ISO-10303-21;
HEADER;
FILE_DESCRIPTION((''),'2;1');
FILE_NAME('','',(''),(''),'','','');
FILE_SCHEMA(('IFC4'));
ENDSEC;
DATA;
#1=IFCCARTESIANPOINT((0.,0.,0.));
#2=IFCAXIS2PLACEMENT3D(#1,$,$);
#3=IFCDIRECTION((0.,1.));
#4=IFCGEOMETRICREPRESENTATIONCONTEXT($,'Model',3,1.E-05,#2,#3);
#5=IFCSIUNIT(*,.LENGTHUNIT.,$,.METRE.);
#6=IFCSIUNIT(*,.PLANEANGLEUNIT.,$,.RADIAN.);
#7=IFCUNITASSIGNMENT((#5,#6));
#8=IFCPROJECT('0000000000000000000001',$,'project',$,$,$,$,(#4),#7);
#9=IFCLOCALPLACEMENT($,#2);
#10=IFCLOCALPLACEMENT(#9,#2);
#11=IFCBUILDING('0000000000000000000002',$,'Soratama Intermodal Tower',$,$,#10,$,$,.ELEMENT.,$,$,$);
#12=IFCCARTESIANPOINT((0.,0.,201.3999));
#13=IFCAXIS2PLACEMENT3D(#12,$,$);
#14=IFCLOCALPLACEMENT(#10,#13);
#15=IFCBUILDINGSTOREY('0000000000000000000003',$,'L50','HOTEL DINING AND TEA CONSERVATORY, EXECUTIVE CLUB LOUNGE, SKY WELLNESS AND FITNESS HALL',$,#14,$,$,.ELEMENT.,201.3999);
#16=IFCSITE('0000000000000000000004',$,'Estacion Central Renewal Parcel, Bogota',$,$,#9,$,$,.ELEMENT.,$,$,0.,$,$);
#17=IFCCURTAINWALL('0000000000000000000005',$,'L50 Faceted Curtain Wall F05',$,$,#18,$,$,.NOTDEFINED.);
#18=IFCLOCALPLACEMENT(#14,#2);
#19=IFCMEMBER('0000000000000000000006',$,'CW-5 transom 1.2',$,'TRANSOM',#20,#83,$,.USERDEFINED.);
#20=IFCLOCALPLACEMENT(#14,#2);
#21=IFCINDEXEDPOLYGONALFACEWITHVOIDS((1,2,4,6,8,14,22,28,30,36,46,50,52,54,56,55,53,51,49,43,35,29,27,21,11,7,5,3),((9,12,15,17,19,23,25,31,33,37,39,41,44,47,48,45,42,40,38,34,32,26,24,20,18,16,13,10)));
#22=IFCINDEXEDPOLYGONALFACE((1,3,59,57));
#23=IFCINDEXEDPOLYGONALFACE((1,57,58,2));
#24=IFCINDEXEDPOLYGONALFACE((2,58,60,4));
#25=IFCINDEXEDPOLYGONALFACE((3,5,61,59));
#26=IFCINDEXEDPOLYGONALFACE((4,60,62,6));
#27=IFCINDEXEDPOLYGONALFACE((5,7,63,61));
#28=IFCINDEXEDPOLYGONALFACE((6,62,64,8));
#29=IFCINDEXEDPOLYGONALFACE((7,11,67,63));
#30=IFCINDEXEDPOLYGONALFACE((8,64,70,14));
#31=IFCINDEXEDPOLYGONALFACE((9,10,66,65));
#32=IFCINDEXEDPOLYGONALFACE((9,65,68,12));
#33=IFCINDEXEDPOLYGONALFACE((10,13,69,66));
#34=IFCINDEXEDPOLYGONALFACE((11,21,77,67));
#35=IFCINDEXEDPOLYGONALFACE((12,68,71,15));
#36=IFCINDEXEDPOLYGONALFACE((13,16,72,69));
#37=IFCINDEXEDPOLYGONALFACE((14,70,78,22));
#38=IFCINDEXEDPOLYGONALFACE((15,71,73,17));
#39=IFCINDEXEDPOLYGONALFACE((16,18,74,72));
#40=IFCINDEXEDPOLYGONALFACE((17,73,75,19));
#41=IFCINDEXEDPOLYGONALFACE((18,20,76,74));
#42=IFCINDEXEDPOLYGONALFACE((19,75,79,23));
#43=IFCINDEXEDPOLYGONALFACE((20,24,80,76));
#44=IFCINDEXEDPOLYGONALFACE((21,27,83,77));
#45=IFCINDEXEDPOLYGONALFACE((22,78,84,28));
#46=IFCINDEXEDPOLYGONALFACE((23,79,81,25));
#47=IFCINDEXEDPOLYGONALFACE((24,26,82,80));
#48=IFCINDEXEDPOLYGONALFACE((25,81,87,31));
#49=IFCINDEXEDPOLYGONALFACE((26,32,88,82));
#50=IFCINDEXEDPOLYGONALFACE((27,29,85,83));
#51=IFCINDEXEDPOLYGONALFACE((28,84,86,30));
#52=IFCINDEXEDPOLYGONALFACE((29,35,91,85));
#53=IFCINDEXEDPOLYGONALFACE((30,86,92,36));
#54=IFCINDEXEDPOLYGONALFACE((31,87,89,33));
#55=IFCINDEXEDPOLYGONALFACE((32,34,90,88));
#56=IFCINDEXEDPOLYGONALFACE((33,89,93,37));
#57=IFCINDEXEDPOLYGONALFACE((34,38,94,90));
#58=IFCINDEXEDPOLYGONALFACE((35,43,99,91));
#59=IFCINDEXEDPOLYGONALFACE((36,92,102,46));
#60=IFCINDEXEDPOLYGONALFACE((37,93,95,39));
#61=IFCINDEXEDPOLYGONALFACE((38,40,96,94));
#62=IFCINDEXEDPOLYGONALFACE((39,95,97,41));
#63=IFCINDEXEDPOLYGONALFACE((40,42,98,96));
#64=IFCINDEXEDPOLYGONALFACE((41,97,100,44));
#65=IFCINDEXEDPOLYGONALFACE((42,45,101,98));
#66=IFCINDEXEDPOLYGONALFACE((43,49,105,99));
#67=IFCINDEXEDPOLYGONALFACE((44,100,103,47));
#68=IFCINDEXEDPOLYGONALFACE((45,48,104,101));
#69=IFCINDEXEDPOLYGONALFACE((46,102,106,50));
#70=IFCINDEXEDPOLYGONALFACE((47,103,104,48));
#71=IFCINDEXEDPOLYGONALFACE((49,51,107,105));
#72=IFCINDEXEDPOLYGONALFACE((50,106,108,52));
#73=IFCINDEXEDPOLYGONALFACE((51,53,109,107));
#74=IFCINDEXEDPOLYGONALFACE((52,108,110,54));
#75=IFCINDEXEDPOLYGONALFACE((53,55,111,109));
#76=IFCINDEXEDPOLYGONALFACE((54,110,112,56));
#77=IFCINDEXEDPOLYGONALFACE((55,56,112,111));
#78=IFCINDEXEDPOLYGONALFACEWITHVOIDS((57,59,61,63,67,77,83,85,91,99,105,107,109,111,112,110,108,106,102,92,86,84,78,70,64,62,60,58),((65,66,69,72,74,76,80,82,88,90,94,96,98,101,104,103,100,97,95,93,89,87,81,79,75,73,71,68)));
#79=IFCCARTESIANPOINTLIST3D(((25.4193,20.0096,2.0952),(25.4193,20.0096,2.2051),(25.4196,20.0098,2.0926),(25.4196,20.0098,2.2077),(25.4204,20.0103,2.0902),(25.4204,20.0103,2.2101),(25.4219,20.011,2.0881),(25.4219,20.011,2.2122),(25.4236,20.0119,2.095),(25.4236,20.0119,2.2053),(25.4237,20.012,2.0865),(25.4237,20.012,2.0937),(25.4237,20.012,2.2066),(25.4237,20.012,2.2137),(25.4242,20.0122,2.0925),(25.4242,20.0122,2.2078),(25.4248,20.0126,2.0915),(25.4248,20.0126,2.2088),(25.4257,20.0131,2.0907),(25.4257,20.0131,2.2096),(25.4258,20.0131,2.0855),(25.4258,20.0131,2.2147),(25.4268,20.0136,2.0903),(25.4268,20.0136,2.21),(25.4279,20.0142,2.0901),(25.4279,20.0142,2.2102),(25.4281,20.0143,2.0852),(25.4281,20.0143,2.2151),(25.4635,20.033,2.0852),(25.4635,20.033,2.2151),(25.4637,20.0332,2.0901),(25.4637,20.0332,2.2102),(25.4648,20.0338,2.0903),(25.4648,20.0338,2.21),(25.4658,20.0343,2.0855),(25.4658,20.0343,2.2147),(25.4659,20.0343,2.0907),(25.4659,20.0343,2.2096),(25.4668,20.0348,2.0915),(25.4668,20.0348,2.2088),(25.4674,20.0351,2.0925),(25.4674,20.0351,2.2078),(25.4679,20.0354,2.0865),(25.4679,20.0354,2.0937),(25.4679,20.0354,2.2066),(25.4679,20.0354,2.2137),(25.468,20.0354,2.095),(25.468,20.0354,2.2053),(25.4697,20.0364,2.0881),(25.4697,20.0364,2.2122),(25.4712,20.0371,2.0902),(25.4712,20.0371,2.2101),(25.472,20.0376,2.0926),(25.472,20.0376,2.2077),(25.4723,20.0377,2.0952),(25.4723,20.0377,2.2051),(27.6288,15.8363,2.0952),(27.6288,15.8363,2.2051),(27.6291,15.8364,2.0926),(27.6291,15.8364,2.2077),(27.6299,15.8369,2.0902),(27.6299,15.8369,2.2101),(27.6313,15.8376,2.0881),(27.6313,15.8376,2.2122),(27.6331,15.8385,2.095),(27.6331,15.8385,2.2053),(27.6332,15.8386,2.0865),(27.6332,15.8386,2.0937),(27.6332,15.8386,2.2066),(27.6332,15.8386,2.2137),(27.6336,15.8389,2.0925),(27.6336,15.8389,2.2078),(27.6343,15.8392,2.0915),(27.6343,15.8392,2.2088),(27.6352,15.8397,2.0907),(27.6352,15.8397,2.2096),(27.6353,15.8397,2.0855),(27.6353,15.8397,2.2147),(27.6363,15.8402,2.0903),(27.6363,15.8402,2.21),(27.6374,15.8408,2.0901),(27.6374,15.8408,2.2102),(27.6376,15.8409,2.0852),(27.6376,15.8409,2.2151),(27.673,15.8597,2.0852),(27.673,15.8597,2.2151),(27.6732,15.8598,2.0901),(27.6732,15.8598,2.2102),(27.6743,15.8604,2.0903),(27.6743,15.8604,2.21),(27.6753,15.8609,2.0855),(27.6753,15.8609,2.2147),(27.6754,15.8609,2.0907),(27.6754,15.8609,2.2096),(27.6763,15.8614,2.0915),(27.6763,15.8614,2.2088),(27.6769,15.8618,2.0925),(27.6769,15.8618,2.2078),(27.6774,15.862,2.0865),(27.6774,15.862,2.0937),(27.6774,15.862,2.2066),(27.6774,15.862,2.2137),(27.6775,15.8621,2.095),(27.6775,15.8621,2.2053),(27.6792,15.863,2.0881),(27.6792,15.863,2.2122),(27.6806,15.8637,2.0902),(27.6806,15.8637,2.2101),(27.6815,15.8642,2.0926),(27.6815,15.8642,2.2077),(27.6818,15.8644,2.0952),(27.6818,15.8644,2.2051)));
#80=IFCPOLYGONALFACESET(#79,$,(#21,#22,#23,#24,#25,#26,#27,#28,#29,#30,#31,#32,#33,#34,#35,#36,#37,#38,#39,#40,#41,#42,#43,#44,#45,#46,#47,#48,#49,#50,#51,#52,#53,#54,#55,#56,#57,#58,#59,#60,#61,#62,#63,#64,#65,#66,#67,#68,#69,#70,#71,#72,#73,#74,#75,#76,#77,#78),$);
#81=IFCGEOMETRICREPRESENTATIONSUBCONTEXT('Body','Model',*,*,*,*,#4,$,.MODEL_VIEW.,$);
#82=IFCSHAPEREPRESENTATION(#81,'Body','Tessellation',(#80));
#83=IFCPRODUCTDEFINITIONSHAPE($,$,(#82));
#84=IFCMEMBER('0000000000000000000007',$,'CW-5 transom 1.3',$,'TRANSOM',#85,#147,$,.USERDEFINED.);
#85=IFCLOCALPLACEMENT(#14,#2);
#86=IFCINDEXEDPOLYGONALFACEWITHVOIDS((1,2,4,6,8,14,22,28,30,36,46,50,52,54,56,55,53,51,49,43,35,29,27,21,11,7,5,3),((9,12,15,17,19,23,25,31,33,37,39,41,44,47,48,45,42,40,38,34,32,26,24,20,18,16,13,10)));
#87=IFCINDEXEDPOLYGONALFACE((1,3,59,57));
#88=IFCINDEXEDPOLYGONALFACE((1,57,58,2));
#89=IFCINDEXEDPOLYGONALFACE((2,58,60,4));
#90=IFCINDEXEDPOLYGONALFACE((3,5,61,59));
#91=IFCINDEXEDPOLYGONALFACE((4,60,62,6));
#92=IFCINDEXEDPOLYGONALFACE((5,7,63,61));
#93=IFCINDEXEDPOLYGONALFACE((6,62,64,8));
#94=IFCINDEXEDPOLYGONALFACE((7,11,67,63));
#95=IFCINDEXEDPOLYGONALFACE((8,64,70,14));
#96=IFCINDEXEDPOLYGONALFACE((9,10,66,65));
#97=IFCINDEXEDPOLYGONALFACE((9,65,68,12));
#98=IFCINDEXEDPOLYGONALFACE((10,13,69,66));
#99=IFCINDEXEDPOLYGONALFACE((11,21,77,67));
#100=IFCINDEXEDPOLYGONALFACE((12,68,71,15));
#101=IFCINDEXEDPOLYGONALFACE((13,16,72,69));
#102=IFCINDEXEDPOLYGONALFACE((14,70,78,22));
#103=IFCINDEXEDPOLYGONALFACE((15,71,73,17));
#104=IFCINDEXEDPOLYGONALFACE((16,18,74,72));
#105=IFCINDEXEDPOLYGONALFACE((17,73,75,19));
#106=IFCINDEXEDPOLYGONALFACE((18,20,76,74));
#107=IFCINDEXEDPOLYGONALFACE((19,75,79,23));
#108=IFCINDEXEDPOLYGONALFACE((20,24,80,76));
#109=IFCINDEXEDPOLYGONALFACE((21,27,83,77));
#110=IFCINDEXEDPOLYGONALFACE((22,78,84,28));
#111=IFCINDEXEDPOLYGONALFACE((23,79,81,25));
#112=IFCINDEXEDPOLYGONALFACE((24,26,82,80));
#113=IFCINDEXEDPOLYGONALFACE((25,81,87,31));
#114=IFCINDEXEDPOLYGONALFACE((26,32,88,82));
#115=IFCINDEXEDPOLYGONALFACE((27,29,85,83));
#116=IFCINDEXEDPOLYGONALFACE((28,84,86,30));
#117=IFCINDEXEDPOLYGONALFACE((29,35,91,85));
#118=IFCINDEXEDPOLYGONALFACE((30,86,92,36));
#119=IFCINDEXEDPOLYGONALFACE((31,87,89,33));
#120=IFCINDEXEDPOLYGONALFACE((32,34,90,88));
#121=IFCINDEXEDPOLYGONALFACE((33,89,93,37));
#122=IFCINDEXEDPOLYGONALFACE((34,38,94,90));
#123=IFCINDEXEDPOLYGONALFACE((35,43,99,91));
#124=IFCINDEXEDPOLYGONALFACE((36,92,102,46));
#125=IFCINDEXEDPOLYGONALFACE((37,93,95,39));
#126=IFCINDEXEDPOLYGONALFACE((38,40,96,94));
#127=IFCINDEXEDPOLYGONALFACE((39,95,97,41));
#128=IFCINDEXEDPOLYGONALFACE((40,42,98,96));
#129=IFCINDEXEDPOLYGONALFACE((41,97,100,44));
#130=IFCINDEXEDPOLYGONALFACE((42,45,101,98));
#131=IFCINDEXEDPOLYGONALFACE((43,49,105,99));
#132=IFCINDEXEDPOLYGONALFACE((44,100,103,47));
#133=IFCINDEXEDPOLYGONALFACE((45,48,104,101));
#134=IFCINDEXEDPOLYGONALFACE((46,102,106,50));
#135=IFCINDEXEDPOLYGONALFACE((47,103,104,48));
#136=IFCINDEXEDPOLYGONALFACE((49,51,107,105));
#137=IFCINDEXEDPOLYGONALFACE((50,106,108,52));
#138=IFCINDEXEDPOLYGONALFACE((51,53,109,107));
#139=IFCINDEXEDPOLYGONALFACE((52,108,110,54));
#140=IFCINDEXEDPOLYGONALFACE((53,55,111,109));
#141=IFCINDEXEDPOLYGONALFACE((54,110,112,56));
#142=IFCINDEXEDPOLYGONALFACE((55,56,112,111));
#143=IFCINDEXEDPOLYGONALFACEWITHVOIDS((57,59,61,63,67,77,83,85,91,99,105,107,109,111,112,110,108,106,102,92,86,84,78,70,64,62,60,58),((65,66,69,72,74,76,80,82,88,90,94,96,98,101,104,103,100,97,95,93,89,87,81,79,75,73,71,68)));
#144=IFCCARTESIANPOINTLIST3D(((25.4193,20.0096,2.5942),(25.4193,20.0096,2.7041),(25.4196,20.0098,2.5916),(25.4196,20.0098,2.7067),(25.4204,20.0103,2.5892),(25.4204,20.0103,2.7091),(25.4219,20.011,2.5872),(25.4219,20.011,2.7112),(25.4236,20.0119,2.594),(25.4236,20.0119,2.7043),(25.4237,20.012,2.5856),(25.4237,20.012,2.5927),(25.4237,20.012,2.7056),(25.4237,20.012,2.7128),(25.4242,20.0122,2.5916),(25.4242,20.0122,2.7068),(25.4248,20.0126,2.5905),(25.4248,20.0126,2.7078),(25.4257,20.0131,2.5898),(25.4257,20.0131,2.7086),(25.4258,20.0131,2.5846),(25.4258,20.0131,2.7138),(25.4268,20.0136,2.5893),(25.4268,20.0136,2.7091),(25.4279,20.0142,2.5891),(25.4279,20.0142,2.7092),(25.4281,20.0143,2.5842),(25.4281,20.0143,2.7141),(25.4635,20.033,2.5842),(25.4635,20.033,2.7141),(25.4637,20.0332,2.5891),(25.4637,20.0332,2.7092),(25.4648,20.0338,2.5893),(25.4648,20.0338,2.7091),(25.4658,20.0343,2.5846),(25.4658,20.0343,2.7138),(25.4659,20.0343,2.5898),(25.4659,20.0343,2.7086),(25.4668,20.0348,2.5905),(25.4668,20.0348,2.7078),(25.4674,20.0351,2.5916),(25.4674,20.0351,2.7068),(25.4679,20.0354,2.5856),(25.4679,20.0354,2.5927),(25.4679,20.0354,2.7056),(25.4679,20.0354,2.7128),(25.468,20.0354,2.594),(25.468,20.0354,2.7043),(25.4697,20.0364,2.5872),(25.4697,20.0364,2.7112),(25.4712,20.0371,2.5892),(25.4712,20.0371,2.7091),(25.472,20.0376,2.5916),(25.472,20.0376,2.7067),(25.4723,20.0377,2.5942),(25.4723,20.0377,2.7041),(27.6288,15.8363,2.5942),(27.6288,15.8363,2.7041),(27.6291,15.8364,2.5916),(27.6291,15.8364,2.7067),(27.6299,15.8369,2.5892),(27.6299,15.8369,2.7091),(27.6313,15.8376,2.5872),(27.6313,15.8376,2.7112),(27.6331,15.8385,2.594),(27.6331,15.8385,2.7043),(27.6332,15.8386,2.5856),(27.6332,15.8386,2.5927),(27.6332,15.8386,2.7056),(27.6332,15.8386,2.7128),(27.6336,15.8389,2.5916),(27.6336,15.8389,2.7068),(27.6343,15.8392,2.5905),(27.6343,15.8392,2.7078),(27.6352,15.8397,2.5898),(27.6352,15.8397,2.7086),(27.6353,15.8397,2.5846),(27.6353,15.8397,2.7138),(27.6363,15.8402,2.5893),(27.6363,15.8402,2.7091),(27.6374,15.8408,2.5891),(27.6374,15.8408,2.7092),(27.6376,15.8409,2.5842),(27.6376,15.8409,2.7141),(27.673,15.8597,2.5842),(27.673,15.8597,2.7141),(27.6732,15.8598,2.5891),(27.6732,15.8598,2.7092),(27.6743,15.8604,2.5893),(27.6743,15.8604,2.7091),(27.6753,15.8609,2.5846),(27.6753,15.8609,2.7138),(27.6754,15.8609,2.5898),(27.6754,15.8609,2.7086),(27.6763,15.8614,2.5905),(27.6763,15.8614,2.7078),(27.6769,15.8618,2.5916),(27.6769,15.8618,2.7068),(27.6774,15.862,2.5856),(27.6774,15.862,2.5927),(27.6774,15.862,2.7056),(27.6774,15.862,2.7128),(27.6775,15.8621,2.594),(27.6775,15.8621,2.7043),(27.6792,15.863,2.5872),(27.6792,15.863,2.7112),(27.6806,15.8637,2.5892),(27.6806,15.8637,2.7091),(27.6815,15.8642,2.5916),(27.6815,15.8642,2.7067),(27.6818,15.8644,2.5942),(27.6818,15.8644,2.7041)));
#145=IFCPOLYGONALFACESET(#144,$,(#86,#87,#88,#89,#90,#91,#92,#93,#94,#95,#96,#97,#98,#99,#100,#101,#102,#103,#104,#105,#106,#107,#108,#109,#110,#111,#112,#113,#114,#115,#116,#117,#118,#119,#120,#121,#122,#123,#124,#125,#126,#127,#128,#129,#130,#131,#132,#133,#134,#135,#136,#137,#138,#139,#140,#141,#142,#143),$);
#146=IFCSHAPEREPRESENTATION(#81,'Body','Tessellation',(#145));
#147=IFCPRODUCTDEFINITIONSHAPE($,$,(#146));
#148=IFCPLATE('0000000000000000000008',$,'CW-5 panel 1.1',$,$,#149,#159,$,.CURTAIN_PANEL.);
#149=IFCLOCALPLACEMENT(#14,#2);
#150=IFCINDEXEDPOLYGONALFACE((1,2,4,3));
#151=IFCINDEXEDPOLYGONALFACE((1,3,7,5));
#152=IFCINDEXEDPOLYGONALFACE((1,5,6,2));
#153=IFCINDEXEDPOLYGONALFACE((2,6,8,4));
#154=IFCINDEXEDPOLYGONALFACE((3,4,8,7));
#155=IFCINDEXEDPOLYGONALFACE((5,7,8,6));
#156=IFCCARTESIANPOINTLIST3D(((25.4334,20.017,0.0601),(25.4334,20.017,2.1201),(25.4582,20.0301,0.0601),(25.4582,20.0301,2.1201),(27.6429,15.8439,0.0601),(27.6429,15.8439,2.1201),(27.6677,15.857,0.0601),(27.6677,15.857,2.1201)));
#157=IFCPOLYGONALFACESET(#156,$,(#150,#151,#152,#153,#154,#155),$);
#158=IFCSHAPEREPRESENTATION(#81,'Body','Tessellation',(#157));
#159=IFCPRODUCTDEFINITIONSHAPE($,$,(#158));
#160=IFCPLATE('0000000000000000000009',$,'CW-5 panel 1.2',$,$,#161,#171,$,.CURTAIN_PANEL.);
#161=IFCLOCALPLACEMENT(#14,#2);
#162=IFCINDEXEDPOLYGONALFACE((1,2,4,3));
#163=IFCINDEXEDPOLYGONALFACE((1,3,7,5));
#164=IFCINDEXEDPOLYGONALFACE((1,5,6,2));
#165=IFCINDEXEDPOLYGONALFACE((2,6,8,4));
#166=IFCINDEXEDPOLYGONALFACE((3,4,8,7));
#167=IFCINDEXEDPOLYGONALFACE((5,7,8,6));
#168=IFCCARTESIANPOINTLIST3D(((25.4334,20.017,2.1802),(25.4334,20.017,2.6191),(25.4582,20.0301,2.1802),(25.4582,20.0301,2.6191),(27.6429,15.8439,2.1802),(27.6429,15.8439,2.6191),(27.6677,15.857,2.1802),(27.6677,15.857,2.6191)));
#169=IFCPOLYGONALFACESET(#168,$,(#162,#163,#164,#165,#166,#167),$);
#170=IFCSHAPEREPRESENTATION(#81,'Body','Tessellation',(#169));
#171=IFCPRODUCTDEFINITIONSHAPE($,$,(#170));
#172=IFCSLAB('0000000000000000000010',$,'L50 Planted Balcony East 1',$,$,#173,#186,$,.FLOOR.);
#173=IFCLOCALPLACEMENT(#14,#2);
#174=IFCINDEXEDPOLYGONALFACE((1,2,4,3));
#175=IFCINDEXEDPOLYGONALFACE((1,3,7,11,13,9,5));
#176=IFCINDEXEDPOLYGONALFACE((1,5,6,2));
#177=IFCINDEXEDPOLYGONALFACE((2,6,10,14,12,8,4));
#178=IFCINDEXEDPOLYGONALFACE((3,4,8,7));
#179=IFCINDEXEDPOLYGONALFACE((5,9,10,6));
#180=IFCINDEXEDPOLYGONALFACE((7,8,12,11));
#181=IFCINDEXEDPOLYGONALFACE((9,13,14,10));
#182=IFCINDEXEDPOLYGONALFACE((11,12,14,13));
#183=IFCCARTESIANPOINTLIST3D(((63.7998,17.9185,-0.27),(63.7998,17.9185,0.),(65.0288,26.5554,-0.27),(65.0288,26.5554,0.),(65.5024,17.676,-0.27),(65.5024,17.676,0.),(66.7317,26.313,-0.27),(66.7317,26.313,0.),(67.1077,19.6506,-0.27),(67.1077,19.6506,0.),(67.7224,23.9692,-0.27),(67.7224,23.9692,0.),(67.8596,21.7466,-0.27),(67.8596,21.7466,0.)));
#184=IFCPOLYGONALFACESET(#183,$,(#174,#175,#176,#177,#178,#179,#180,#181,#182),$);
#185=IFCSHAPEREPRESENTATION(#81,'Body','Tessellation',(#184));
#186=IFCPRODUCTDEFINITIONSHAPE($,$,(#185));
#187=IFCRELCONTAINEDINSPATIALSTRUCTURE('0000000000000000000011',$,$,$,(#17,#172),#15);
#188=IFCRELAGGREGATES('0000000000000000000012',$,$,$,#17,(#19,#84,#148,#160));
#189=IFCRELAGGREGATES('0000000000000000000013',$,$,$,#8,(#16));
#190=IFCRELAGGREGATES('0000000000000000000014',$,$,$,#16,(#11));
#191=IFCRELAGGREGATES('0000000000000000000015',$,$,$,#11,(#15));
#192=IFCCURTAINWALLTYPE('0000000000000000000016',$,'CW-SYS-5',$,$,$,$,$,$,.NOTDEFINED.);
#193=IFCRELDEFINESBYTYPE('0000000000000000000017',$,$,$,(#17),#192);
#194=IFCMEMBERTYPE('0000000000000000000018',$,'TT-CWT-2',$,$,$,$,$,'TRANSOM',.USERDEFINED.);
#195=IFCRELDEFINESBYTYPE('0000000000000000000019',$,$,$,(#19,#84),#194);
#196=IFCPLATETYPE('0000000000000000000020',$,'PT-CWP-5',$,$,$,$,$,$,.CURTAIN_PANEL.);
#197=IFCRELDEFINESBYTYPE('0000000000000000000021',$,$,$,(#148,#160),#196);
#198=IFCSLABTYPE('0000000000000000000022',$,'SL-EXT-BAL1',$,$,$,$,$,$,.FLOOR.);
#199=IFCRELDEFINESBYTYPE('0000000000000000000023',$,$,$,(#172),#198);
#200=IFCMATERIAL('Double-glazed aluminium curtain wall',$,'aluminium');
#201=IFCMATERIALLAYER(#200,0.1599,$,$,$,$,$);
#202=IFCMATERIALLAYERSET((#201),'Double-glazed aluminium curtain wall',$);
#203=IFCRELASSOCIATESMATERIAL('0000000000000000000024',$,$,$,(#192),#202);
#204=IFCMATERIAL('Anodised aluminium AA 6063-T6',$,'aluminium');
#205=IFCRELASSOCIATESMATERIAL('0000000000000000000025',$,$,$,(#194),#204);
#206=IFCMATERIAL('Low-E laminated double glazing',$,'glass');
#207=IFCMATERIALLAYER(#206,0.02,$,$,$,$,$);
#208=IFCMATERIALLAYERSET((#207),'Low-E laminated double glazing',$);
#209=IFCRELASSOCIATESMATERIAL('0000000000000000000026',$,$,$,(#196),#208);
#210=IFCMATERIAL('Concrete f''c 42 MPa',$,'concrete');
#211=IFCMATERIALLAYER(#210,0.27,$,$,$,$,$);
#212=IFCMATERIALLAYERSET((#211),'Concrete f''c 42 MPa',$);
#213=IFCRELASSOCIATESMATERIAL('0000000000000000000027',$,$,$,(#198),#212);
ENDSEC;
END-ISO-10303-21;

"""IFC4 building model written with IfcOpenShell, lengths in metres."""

from ifc_helpers import new_model, si_unit, direction, frame, origin, origin_2d, place, context, subcontext, project, spatial, polyline, rectangle, hollow_rectangle, outline, extrude, material, layer, layer_set, material_profile, profile_set, type_object, element, aggregate, save


model = new_model("IFC4")

# Units and contexts
model_context = context("Model", 3, precision=1e-05, world=origin(), true_north=direction((0.0, 1.0)))
body_context = subcontext(model_context, "Body", "Model", "MODEL_VIEW")
ifc_project = project(units=[si_unit("LENGTHUNIT", "METRE"), si_unit("PLANEANGLEUNIT", "RADIAN")], contexts=[model_context])

# Site, building, storey
site_placement = place(None, origin())
site = spatial("IfcSite", under=ifc_project, at=site_placement, Name="Estacion Central Renewal Parcel, Bogota", CompositionType="ELEMENT", RefElevation=0.0)
building_placement = place(site_placement, origin())
building = spatial("IfcBuilding", under=site, at=building_placement, Name="Soratama Intermodal Tower", CompositionType="ELEMENT")
storey_placement = place(building_placement, frame((0.0, 0.0, 201.3999)))
storey = spatial("IfcBuildingStorey", under=building, at=storey_placement, Name="L50", Description="HOTEL DINING AND TEA CONSERVATORY, EXECUTIVE CLUB LOUNGE, SKY WELLNESS AND FITNESS HALL", CompositionType="ELEMENT", Elevation=201.3999)

# Curtain wall, members, plates
ifc_material_1 = material(Name="Double-glazed aluminium curtain wall", Category="aluminium")
ifc_layer_1 = layer(ifc_material_1, 0.1599)
ifc_layer_set_1 = layer_set([ifc_layer_1], Name="Double-glazed aluminium curtain wall")
curtain_wall_type = type_object("IfcCurtainWallType", Name="CW-SYS-5", PredefinedType="NOTDEFINED", material=ifc_layer_set_1)
curtain_wall_placement = place(storey_placement, origin())
curtain_wall = element("IfcCurtainWall", 1, at=curtain_wall_placement, inside=storey, type_object=curtain_wall_type, Name="L50 Faceted Curtain Wall F05", PredefinedType="NOTDEFINED")
ifc_material_2 = material(Name="Anodised aluminium AA 6063-T6", Category="aluminium")
ifc_material_profile_1 = material_profile(ifc_material_2, hollow_rectangle(XDim=0.0601, YDim=0.1299, WallThickness=0.0049, InnerFilletRadius=0.0049, OuterFilletRadius=0.01, at=origin_2d()), Name="CWT130X60X5")
ifc_profile_set_1 = profile_set([ifc_material_profile_1], Name="Anodised aluminium AA 6063-T6")
member_type_1 = type_object("IfcMemberType", Name="TT-CWT-2", ElementType="TRANSOM", PredefinedType="USERDEFINED", material=ifc_profile_set_1)
member_1_placement = place(storey_placement, frame((25.4458, 20.0237, 2.1501), z_axis=(0.467897, -0.883783, 0.0), x_axis=(0.883783, 0.467897, 0.0)))
member_1 = element("IfcMember", 2, at=member_1_placement, type_object=member_type_1, Name="CW-5 transom 1.2", ObjectType="TRANSOM", PredefinedType="USERDEFINED", context=body_context, shape_type="SweptSolid", body=[
    extrude(hollow_rectangle(XDim=0.0601, YDim=0.1299, WallThickness=0.0049, InnerFilletRadius=0.0049, OuterFilletRadius=0.01, at=origin_2d()), origin(), (0.0, 0.0, 1.0), 4.7222),
])
member_2_placement = place(storey_placement, frame((25.4458, 20.0237, 2.6492), z_axis=(0.467897, -0.883783, 0.0), x_axis=(0.883783, 0.467897, 0.0)))
member_2 = element("IfcMember", 3, at=member_2_placement, type_object=member_type_1, Name="CW-5 transom 1.3", ObjectType="TRANSOM", PredefinedType="USERDEFINED", context=body_context, shape_type="SweptSolid", body=[
    extrude(hollow_rectangle(XDim=0.0601, YDim=0.1299, WallThickness=0.0049, InnerFilletRadius=0.0049, OuterFilletRadius=0.01, at=origin_2d()), origin(), (0.0, 0.0, 1.0), 4.7222),
])
ifc_material_3 = material(Name="Low-E laminated double glazing", Category="glass")
ifc_layer_2 = layer(ifc_material_3, 0.02)
ifc_layer_set_2 = layer_set([ifc_layer_2], Name="Low-E laminated double glazing")
plate_type = type_object("IfcPlateType", Name="PT-CWP-5", PredefinedType="CURTAIN_PANEL", material=ifc_layer_set_2)
plate_1_placement = place(storey_placement, frame((26.5505, 17.937, 0.0601), z_axis=(0.0, 0.0, 1.0), x_axis=(0.467932, -0.883765, 0.0)))
plate_1 = element("IfcPlate", 4, at=plate_1_placement, type_object=plate_type, Name="CW-5 panel 1.1", PredefinedType="CURTAIN_PANEL", context=body_context, shape_type="SweptSolid", body=[
    extrude(rectangle(XDim=4.7219, YDim=0.0281, at=origin_2d()), origin(), (0.0, 0.0, 1.0), 2.0601),
])
plate_2_placement = place(storey_placement, frame((26.5505, 17.937, 2.1802), z_axis=(0.0, 0.0, 1.0), x_axis=(0.467932, -0.883765, 0.0)))
plate_2 = element("IfcPlate", 5, at=plate_2_placement, type_object=plate_type, Name="CW-5 panel 1.2", PredefinedType="CURTAIN_PANEL", context=body_context, shape_type="SweptSolid", body=[
    extrude(rectangle(XDim=4.7219, YDim=0.0281, at=origin_2d()), origin(), (0.0, 0.0, 1.0), 0.439),
])
aggregate(curtain_wall, [member_1, member_2, plate_1, plate_2])

# Slab
ifc_material_4 = material(Name="Concrete f'c 42 MPa", Category="concrete")
ifc_layer_3 = layer(ifc_material_4, 0.27)
ifc_layer_set_3 = layer_set([ifc_layer_3], Name="Concrete f'c 42 MPa")
slab_type_1 = type_object("IfcSlabType", Name="SL-EXT-BAL1", PredefinedType="FLOOR", material=ifc_layer_set_3)
slab_1_placement = place(storey_placement, frame((0.0, 0.0, -0.27)))
element("IfcSlab", 6, at=slab_1_placement, inside=storey, type_object=slab_type_1, Name="L50 Planted Balcony East 1", PredefinedType="FLOOR", context=body_context, shape_type="SweptSolid", body=[
    extrude(outline(polyline([(63.7998, 17.9185), (65.0288, 26.5554), (66.7317, 26.313), (67.7224, 23.9692), (67.8596, 21.7466), (67.1077, 19.6506), (65.5024, 17.676), (63.7998, 17.9185)])), origin(), (0.0, 0.0, 1.0), 0.27),
])

save(model, "model.ifc")
